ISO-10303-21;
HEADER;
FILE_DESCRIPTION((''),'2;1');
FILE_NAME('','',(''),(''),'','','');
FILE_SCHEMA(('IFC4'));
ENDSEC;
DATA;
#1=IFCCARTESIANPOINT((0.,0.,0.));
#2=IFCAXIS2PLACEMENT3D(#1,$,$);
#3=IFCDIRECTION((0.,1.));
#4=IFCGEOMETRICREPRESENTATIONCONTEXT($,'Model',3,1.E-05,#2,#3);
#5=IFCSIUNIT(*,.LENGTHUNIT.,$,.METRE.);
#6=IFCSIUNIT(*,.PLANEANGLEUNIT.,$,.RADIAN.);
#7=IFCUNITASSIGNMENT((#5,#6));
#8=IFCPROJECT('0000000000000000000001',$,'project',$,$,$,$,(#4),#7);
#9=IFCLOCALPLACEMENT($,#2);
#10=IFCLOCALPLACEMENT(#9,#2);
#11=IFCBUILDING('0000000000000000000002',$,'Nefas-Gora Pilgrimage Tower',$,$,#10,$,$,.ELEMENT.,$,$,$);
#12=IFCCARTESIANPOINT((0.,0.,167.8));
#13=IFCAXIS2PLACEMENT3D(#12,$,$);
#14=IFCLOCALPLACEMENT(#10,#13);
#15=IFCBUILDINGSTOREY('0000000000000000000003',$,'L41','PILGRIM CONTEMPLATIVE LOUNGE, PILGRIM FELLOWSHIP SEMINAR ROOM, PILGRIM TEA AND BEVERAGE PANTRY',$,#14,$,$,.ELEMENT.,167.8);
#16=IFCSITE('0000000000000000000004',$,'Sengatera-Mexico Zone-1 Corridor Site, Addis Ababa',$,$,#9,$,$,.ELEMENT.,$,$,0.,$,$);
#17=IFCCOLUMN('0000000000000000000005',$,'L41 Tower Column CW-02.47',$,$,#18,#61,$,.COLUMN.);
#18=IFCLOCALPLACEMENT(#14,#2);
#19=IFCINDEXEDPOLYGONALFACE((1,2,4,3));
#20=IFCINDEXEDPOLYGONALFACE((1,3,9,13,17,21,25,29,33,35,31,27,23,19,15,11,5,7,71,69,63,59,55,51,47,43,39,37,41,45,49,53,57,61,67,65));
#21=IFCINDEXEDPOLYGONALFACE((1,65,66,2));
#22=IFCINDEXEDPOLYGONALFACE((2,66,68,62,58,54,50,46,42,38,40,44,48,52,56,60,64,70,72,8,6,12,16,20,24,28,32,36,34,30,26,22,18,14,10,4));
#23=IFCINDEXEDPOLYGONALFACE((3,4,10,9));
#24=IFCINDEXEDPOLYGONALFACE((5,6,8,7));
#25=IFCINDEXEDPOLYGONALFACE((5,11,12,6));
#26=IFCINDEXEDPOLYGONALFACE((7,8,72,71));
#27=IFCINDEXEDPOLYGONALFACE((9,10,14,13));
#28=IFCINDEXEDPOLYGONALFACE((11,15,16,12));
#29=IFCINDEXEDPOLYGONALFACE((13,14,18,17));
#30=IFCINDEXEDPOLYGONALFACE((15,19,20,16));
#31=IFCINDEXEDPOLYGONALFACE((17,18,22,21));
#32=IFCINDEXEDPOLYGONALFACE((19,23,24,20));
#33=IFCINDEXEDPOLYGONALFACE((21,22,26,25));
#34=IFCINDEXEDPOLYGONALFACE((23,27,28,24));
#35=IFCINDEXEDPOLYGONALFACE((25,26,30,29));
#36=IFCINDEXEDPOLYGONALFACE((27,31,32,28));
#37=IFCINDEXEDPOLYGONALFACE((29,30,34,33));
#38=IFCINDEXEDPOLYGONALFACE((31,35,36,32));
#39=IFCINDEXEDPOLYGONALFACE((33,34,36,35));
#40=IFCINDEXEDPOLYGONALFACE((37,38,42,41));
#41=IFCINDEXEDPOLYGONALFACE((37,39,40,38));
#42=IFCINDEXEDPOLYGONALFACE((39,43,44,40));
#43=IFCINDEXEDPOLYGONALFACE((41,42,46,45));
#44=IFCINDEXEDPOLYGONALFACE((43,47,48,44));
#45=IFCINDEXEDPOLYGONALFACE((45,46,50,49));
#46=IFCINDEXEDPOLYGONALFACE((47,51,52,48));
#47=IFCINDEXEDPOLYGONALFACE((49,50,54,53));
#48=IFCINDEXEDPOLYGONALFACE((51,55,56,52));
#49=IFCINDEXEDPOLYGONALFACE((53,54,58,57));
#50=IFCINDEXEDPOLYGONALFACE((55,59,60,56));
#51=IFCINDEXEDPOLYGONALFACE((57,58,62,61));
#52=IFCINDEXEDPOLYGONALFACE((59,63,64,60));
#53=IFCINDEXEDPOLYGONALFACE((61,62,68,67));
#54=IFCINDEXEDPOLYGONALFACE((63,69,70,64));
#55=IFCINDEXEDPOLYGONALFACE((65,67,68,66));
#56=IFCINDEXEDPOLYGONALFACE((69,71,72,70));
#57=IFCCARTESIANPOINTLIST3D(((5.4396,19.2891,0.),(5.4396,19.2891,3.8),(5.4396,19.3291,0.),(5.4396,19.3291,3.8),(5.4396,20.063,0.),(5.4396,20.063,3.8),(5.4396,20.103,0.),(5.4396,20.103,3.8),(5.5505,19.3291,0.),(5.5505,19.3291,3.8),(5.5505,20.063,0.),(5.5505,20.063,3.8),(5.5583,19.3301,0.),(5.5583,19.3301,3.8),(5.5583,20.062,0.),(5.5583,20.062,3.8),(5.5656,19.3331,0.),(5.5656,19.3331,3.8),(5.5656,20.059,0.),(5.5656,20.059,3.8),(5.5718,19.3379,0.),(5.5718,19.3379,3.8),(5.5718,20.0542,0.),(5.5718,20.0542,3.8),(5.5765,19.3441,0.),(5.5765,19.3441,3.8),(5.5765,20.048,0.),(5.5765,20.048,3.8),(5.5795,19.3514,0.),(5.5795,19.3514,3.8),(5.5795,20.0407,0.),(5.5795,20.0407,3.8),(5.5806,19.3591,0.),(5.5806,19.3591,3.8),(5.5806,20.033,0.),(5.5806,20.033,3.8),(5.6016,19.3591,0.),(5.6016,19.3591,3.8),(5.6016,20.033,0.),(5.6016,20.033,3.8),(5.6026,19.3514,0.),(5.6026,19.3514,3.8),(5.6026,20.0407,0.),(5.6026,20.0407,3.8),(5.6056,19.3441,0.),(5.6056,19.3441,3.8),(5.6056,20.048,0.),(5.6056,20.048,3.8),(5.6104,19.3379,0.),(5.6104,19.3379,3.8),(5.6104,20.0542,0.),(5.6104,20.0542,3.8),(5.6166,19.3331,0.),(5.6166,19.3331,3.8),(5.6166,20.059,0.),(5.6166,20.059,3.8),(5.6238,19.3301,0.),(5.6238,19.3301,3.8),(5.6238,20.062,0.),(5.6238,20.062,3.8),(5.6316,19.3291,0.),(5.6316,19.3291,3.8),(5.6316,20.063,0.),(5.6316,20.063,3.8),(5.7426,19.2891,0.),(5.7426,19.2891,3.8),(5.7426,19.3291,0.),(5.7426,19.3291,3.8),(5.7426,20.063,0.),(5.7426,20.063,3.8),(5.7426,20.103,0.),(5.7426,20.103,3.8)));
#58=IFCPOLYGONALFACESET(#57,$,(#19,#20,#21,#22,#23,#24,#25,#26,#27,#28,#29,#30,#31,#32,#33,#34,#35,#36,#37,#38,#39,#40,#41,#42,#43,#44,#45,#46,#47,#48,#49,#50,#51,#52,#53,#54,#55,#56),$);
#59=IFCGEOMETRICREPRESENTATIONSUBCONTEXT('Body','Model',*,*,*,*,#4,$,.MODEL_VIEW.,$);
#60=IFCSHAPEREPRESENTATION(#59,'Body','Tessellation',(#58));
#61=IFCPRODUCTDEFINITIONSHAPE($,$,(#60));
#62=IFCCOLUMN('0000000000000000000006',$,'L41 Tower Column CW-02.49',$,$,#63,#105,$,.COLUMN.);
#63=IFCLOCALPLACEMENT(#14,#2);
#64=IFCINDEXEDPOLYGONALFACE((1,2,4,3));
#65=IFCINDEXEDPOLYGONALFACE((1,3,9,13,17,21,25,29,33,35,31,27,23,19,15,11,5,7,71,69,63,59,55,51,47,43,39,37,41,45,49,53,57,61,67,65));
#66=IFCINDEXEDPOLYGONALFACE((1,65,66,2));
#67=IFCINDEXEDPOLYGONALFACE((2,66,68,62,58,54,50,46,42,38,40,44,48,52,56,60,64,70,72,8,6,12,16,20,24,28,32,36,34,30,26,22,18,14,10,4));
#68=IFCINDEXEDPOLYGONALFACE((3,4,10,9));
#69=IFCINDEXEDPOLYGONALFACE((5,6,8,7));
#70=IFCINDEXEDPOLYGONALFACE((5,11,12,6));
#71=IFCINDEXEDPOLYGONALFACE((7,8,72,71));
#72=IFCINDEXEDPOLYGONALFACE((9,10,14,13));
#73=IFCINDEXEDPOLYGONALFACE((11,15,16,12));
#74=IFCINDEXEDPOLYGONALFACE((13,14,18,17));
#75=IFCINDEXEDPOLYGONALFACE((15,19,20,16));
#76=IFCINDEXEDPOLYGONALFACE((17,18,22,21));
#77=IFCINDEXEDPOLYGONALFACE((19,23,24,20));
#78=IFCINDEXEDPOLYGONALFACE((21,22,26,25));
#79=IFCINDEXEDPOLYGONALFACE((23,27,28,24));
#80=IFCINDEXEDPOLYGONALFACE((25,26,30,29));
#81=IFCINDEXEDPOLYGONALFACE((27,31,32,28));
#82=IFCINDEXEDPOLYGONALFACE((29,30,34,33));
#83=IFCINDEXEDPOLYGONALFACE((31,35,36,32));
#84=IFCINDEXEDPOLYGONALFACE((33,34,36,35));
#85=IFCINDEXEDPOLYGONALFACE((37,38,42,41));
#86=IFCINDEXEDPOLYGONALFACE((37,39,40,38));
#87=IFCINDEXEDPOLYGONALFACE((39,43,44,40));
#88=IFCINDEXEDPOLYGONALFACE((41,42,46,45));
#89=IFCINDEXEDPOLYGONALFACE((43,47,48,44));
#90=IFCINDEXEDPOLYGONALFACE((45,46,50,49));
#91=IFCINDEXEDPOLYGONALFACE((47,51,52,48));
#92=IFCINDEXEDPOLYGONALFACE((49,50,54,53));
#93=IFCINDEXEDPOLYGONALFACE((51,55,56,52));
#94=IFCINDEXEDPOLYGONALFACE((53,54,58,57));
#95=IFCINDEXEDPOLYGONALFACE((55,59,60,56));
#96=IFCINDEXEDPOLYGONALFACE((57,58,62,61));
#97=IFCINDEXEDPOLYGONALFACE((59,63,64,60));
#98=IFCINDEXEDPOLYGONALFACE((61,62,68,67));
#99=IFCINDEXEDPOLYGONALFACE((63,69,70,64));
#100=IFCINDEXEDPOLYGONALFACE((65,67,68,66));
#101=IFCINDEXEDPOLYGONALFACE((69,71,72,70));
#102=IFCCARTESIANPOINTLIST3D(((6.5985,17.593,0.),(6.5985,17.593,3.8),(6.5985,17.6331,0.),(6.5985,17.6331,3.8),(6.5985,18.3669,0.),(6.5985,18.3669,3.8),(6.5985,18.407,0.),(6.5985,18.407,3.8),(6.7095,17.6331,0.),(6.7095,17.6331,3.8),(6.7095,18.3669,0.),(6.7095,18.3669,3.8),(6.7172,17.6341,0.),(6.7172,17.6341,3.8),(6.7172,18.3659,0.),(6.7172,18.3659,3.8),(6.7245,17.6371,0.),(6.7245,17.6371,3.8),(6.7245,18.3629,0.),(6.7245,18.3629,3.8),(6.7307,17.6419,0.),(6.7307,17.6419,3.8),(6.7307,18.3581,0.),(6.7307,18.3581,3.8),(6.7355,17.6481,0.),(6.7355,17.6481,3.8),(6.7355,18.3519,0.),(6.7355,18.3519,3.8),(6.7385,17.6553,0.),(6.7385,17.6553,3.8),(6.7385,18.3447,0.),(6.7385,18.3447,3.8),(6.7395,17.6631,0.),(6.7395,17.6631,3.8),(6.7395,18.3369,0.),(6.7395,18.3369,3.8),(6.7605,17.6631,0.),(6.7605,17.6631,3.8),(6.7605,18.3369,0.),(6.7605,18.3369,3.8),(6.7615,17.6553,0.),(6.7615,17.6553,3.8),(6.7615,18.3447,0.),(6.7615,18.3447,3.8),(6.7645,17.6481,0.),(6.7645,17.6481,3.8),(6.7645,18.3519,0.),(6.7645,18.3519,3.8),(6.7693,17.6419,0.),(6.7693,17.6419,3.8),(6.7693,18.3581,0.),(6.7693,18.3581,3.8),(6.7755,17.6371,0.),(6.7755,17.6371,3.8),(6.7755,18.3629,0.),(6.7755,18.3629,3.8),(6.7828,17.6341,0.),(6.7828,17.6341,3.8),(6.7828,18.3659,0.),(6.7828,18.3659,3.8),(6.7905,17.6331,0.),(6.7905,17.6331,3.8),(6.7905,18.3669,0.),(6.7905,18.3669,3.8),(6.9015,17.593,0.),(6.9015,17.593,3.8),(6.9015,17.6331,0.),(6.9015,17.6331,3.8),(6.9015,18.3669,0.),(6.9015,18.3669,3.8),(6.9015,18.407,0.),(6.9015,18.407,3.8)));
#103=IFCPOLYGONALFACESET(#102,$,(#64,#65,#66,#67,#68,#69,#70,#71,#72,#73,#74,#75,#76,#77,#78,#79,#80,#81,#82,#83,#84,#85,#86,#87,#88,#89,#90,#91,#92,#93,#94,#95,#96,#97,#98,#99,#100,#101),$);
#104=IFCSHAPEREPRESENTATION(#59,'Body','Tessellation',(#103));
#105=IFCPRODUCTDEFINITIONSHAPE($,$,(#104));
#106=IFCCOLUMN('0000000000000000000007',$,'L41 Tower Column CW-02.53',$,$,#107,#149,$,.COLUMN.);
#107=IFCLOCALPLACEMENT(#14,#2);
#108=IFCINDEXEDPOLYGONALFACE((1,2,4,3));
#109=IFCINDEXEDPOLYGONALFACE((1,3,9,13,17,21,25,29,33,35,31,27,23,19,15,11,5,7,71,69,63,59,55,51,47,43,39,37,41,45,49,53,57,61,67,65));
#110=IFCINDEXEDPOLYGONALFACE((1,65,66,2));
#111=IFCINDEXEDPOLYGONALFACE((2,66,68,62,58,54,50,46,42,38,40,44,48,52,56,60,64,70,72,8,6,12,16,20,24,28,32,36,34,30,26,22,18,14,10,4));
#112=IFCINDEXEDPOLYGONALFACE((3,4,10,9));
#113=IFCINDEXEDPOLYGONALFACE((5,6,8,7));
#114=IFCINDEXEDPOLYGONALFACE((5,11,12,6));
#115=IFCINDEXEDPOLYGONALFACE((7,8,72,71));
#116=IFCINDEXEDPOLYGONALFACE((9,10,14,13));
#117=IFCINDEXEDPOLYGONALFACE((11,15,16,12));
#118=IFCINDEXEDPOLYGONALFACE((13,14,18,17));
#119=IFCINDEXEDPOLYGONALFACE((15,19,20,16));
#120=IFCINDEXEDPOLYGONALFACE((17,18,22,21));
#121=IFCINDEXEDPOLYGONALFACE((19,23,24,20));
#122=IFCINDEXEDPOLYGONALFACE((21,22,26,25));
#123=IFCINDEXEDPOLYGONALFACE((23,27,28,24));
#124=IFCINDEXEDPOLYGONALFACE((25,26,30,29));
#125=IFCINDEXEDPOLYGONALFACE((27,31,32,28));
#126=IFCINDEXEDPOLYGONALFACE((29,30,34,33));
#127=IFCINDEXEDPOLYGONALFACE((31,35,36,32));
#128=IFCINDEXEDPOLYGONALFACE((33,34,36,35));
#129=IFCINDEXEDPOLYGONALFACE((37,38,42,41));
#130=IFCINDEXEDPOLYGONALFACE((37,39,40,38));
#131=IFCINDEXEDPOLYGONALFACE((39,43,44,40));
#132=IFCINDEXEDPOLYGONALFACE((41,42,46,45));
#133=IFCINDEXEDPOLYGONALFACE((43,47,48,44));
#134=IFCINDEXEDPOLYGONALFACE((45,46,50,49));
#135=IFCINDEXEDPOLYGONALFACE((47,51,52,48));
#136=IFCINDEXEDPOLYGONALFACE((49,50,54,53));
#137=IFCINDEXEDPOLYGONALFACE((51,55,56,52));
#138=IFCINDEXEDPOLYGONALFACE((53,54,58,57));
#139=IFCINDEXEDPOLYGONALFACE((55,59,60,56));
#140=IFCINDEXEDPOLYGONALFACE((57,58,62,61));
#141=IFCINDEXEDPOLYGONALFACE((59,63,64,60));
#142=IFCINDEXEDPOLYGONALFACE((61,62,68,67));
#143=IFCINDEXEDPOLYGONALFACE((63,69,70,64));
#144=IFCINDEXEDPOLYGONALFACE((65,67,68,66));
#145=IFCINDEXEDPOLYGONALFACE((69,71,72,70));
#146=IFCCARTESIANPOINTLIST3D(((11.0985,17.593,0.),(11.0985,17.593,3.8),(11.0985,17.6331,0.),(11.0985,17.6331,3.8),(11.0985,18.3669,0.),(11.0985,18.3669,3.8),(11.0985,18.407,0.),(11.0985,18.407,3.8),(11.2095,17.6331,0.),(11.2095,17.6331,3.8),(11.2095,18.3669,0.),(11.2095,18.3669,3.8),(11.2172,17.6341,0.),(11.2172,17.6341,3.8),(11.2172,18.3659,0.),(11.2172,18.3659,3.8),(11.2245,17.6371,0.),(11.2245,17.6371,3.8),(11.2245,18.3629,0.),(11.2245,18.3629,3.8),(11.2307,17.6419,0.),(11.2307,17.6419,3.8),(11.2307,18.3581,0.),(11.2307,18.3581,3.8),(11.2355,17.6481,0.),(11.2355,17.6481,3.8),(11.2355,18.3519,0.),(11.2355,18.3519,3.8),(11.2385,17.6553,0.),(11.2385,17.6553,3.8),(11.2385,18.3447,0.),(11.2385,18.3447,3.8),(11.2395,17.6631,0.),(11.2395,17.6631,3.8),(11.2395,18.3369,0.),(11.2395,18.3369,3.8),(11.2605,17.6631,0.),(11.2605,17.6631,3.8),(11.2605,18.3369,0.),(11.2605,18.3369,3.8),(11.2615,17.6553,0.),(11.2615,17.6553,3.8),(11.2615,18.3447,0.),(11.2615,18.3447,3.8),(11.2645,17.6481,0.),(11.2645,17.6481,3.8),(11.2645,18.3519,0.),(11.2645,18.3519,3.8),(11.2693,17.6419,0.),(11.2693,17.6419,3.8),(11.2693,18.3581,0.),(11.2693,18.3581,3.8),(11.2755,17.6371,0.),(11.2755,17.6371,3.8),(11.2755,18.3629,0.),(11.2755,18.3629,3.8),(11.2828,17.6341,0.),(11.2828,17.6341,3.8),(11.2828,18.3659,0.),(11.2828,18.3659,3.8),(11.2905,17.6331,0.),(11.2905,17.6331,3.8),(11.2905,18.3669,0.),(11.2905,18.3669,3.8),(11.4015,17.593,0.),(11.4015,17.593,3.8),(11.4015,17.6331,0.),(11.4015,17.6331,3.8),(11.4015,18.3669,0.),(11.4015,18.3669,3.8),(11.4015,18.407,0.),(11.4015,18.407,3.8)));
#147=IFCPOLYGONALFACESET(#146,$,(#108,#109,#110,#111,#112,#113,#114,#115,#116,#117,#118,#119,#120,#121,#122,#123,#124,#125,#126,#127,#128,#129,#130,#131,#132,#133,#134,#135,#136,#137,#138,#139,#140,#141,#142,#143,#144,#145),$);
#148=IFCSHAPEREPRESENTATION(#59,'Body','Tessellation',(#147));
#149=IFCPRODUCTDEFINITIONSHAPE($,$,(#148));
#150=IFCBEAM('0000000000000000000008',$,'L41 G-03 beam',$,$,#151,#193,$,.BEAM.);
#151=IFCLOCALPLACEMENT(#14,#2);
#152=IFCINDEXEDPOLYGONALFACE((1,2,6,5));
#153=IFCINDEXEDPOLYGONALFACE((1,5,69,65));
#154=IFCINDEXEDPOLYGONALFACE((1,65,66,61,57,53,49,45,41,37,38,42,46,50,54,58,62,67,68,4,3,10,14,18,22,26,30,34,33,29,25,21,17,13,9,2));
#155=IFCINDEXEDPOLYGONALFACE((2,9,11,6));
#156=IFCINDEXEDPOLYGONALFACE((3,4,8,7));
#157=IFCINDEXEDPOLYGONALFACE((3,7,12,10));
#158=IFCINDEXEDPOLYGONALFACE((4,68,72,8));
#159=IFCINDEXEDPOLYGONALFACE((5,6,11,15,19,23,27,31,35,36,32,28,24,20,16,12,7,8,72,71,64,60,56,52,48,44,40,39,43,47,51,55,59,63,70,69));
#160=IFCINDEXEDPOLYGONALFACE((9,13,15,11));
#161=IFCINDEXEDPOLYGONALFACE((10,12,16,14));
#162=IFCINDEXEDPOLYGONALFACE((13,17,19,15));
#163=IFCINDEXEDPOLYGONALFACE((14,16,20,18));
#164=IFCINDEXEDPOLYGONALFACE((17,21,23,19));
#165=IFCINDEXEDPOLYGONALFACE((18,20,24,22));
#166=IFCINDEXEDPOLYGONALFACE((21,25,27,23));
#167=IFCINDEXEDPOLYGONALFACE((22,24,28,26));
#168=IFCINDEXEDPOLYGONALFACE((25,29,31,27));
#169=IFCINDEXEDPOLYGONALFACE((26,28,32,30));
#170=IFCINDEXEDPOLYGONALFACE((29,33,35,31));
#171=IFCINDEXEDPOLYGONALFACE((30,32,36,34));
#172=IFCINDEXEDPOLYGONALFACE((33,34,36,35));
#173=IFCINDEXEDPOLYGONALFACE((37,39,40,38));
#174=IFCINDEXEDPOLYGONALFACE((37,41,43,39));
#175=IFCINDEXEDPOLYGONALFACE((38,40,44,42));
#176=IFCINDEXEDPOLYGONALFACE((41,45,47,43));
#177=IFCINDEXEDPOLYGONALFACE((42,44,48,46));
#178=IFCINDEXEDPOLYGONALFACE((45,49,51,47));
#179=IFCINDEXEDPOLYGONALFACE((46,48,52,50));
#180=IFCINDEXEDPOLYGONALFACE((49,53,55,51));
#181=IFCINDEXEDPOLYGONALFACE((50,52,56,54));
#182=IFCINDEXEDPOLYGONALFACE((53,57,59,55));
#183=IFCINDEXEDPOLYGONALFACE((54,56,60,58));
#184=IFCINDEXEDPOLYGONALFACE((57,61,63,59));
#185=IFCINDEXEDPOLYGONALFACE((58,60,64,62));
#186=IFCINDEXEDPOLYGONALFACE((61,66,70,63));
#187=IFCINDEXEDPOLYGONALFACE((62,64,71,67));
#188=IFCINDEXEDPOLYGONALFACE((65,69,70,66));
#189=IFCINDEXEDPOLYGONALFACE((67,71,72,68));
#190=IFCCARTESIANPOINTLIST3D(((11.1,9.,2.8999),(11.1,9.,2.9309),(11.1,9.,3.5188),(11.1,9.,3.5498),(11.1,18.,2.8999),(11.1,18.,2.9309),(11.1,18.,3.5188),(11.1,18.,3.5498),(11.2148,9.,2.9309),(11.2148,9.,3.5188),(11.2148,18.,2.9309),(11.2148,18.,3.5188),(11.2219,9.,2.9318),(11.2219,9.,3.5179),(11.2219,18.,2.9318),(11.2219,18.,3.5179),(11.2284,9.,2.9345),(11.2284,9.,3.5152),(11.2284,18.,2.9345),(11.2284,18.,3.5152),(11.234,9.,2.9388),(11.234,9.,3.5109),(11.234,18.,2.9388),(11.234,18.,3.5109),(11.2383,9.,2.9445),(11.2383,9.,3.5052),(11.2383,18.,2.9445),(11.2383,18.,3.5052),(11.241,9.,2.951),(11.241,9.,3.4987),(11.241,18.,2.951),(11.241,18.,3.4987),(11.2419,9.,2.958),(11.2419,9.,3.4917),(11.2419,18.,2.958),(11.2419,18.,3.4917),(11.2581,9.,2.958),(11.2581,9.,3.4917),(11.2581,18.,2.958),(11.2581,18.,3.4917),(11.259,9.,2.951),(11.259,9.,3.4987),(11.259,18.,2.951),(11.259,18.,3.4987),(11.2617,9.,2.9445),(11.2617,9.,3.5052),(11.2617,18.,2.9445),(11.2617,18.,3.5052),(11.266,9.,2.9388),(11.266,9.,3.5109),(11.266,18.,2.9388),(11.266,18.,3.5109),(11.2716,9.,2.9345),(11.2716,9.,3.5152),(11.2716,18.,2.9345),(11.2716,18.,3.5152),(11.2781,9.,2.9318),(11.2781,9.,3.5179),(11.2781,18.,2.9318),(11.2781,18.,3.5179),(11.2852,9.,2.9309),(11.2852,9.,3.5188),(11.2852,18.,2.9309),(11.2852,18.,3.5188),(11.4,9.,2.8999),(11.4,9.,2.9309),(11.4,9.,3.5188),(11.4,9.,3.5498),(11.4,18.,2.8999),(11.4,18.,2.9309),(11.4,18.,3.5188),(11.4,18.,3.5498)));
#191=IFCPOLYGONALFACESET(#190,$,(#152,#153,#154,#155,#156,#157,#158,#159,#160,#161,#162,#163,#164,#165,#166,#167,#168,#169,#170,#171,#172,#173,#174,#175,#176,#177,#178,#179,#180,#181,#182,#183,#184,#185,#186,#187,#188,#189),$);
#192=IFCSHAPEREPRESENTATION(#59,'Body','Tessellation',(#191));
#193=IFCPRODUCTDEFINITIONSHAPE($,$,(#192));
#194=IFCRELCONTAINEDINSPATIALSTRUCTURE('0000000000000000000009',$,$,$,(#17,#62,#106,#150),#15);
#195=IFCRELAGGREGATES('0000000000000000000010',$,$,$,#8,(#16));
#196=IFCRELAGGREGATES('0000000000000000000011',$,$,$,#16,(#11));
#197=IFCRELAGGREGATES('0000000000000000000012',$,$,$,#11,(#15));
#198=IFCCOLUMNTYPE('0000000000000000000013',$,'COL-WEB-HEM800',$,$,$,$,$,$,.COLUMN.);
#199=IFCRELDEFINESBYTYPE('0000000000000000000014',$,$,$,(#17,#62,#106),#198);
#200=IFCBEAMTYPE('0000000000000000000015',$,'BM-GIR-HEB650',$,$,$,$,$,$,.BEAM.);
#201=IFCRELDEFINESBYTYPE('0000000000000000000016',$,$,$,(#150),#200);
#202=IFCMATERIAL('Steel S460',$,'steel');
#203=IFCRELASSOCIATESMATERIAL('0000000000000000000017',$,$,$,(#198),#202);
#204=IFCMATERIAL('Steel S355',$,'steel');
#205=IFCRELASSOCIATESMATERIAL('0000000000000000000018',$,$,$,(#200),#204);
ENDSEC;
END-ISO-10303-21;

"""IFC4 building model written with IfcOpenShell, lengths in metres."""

from ifc_helpers import new_model, si_unit, direction, frame, origin, origin_2d, place, context, subcontext, project, spatial, i_section, extrude, source, transform, mapped, material, material_profile, profile_set, type_object, element, save


model = new_model("IFC4")

# Units and contexts
model_context = context("Model", 3, precision=1e-05, world=origin(), true_north=direction((0.0, 1.0)))
body_context = subcontext(model_context, "Body", "Model", "MODEL_VIEW")
ifc_project = project(units=[si_unit("LENGTHUNIT", "METRE"), si_unit("PLANEANGLEUNIT", "RADIAN")], contexts=[model_context])

# Site, building, storey
site_placement = place(None, origin())
site = spatial("IfcSite", under=ifc_project, at=site_placement, Name="Sengatera-Mexico Zone-1 Corridor Site, Addis Ababa", CompositionType="ELEMENT", RefElevation=0.0)
building_placement = place(site_placement, origin())
building = spatial("IfcBuilding", under=site, at=building_placement, Name="Nefas-Gora Pilgrimage Tower", CompositionType="ELEMENT")
storey_placement = place(building_placement, frame((0.0, 0.0, 167.8)))
storey = spatial("IfcBuildingStorey", under=building, at=storey_placement, Name="L41", Description="PILGRIM CONTEMPLATIVE LOUNGE, PILGRIM FELLOWSHIP SEMINAR ROOM, PILGRIM TEA AND BEVERAGE PANTRY", CompositionType="ELEMENT", Elevation=167.8)

# Columns
ifc_material_1 = material(Name="Steel S460", Category="steel")
ifc_material_profile_1 = material_profile(ifc_material_1, i_section(OverallWidth=0.303, OverallDepth=0.814, WebThickness=0.021, FlangeThickness=0.04, FilletRadius=0.03, at=origin_2d()), Name="HEM 800")
ifc_profile_set_1 = profile_set([ifc_material_profile_1], Name="Steel S460")
column_type_1 = type_object("IfcColumnType", Name="COL-WEB-HEM800", PredefinedType="COLUMN", material=ifc_profile_set_1)
shared_shape_1 = source(origin(), body_context, "Body", "SweptSolid", [
    extrude(i_section(OverallWidth=0.303, OverallDepth=0.814, WebThickness=0.021, FlangeThickness=0.04, FilletRadius=0.03, at=origin_2d()), origin(), (0.0, 0.0, 1.0), 3.8),
])
for number, where, z_axis, x_axis, name in (
    (1, (5.5911, 19.696, 0.0), (0.0, 0.0, 1.0), (1.0, 0.0, 0.0), "L41 Tower Column CW-02.47"),
    (2, (6.75, 18.0, 0.0), (0.0, 0.0, 1.0), (1.0, 0.0, 0.0), "L41 Tower Column CW-02.49"),
    (3, (11.25, 18.0, 0.0), (0.0, 0.0, 1.0), (1.0, 0.0, 0.0), "L41 Tower Column CW-02.53"),
):
    element("IfcColumn", number, at=place(storey_placement, frame(where, z_axis=z_axis, x_axis=x_axis)), inside=storey, type_object=column_type_1, Name=name, PredefinedType="COLUMN", context=body_context, shape_type="MappedRepresentation", body=[
        mapped(shared_shape_1, transform((0.0, 0.0, 0.0), x_axis=(1.0, 0.0, 0.0), y_axis=(0.0, 1.0, 0.0), z_axis=(0.0, 0.0, 1.0), scale=1.0)),
    ])

# Beam
ifc_material_2 = material(Name="Steel S355", Category="steel")
ifc_material_profile_2 = material_profile(ifc_material_2, i_section(OverallWidth=0.3, OverallDepth=0.6499, WebThickness=0.0161, FlangeThickness=0.031, FilletRadius=0.0271, at=origin_2d()), Name="HEB 650")
ifc_profile_set_2 = profile_set([ifc_material_profile_2], Name="Steel S355")
beam_type = type_object("IfcBeamType", Name="BM-GIR-HEB650", PredefinedType="BEAM", material=ifc_profile_set_2)
shared_shape_2 = source(origin(), body_context, "Body", "SweptSolid", [
    extrude(i_section(OverallWidth=0.3, OverallDepth=0.6499, WebThickness=0.0161, FlangeThickness=0.031, FilletRadius=0.0271, at=origin_2d()), origin(), (0.0, 0.0, 1.0), 9.0),
])
beam_placement = place(storey_placement, frame((11.25, 9.0, 3.2249), z_axis=(0.0, 1.0, 0.0), x_axis=(-1.0, 0.0, 0.0)))
element("IfcBeam", 4, at=beam_placement, inside=storey, type_object=beam_type, Name="L41 G-03 beam", PredefinedType="BEAM", context=body_context, shape_type="MappedRepresentation", body=[
    mapped(shared_shape_2, transform((0.0, 0.0, 0.0), x_axis=(1.0, 0.0, 0.0), y_axis=(0.0, 1.0, 0.0), z_axis=(0.0, 0.0, 1.0), scale=1.0)),
])

save(model, "model.ifc")
